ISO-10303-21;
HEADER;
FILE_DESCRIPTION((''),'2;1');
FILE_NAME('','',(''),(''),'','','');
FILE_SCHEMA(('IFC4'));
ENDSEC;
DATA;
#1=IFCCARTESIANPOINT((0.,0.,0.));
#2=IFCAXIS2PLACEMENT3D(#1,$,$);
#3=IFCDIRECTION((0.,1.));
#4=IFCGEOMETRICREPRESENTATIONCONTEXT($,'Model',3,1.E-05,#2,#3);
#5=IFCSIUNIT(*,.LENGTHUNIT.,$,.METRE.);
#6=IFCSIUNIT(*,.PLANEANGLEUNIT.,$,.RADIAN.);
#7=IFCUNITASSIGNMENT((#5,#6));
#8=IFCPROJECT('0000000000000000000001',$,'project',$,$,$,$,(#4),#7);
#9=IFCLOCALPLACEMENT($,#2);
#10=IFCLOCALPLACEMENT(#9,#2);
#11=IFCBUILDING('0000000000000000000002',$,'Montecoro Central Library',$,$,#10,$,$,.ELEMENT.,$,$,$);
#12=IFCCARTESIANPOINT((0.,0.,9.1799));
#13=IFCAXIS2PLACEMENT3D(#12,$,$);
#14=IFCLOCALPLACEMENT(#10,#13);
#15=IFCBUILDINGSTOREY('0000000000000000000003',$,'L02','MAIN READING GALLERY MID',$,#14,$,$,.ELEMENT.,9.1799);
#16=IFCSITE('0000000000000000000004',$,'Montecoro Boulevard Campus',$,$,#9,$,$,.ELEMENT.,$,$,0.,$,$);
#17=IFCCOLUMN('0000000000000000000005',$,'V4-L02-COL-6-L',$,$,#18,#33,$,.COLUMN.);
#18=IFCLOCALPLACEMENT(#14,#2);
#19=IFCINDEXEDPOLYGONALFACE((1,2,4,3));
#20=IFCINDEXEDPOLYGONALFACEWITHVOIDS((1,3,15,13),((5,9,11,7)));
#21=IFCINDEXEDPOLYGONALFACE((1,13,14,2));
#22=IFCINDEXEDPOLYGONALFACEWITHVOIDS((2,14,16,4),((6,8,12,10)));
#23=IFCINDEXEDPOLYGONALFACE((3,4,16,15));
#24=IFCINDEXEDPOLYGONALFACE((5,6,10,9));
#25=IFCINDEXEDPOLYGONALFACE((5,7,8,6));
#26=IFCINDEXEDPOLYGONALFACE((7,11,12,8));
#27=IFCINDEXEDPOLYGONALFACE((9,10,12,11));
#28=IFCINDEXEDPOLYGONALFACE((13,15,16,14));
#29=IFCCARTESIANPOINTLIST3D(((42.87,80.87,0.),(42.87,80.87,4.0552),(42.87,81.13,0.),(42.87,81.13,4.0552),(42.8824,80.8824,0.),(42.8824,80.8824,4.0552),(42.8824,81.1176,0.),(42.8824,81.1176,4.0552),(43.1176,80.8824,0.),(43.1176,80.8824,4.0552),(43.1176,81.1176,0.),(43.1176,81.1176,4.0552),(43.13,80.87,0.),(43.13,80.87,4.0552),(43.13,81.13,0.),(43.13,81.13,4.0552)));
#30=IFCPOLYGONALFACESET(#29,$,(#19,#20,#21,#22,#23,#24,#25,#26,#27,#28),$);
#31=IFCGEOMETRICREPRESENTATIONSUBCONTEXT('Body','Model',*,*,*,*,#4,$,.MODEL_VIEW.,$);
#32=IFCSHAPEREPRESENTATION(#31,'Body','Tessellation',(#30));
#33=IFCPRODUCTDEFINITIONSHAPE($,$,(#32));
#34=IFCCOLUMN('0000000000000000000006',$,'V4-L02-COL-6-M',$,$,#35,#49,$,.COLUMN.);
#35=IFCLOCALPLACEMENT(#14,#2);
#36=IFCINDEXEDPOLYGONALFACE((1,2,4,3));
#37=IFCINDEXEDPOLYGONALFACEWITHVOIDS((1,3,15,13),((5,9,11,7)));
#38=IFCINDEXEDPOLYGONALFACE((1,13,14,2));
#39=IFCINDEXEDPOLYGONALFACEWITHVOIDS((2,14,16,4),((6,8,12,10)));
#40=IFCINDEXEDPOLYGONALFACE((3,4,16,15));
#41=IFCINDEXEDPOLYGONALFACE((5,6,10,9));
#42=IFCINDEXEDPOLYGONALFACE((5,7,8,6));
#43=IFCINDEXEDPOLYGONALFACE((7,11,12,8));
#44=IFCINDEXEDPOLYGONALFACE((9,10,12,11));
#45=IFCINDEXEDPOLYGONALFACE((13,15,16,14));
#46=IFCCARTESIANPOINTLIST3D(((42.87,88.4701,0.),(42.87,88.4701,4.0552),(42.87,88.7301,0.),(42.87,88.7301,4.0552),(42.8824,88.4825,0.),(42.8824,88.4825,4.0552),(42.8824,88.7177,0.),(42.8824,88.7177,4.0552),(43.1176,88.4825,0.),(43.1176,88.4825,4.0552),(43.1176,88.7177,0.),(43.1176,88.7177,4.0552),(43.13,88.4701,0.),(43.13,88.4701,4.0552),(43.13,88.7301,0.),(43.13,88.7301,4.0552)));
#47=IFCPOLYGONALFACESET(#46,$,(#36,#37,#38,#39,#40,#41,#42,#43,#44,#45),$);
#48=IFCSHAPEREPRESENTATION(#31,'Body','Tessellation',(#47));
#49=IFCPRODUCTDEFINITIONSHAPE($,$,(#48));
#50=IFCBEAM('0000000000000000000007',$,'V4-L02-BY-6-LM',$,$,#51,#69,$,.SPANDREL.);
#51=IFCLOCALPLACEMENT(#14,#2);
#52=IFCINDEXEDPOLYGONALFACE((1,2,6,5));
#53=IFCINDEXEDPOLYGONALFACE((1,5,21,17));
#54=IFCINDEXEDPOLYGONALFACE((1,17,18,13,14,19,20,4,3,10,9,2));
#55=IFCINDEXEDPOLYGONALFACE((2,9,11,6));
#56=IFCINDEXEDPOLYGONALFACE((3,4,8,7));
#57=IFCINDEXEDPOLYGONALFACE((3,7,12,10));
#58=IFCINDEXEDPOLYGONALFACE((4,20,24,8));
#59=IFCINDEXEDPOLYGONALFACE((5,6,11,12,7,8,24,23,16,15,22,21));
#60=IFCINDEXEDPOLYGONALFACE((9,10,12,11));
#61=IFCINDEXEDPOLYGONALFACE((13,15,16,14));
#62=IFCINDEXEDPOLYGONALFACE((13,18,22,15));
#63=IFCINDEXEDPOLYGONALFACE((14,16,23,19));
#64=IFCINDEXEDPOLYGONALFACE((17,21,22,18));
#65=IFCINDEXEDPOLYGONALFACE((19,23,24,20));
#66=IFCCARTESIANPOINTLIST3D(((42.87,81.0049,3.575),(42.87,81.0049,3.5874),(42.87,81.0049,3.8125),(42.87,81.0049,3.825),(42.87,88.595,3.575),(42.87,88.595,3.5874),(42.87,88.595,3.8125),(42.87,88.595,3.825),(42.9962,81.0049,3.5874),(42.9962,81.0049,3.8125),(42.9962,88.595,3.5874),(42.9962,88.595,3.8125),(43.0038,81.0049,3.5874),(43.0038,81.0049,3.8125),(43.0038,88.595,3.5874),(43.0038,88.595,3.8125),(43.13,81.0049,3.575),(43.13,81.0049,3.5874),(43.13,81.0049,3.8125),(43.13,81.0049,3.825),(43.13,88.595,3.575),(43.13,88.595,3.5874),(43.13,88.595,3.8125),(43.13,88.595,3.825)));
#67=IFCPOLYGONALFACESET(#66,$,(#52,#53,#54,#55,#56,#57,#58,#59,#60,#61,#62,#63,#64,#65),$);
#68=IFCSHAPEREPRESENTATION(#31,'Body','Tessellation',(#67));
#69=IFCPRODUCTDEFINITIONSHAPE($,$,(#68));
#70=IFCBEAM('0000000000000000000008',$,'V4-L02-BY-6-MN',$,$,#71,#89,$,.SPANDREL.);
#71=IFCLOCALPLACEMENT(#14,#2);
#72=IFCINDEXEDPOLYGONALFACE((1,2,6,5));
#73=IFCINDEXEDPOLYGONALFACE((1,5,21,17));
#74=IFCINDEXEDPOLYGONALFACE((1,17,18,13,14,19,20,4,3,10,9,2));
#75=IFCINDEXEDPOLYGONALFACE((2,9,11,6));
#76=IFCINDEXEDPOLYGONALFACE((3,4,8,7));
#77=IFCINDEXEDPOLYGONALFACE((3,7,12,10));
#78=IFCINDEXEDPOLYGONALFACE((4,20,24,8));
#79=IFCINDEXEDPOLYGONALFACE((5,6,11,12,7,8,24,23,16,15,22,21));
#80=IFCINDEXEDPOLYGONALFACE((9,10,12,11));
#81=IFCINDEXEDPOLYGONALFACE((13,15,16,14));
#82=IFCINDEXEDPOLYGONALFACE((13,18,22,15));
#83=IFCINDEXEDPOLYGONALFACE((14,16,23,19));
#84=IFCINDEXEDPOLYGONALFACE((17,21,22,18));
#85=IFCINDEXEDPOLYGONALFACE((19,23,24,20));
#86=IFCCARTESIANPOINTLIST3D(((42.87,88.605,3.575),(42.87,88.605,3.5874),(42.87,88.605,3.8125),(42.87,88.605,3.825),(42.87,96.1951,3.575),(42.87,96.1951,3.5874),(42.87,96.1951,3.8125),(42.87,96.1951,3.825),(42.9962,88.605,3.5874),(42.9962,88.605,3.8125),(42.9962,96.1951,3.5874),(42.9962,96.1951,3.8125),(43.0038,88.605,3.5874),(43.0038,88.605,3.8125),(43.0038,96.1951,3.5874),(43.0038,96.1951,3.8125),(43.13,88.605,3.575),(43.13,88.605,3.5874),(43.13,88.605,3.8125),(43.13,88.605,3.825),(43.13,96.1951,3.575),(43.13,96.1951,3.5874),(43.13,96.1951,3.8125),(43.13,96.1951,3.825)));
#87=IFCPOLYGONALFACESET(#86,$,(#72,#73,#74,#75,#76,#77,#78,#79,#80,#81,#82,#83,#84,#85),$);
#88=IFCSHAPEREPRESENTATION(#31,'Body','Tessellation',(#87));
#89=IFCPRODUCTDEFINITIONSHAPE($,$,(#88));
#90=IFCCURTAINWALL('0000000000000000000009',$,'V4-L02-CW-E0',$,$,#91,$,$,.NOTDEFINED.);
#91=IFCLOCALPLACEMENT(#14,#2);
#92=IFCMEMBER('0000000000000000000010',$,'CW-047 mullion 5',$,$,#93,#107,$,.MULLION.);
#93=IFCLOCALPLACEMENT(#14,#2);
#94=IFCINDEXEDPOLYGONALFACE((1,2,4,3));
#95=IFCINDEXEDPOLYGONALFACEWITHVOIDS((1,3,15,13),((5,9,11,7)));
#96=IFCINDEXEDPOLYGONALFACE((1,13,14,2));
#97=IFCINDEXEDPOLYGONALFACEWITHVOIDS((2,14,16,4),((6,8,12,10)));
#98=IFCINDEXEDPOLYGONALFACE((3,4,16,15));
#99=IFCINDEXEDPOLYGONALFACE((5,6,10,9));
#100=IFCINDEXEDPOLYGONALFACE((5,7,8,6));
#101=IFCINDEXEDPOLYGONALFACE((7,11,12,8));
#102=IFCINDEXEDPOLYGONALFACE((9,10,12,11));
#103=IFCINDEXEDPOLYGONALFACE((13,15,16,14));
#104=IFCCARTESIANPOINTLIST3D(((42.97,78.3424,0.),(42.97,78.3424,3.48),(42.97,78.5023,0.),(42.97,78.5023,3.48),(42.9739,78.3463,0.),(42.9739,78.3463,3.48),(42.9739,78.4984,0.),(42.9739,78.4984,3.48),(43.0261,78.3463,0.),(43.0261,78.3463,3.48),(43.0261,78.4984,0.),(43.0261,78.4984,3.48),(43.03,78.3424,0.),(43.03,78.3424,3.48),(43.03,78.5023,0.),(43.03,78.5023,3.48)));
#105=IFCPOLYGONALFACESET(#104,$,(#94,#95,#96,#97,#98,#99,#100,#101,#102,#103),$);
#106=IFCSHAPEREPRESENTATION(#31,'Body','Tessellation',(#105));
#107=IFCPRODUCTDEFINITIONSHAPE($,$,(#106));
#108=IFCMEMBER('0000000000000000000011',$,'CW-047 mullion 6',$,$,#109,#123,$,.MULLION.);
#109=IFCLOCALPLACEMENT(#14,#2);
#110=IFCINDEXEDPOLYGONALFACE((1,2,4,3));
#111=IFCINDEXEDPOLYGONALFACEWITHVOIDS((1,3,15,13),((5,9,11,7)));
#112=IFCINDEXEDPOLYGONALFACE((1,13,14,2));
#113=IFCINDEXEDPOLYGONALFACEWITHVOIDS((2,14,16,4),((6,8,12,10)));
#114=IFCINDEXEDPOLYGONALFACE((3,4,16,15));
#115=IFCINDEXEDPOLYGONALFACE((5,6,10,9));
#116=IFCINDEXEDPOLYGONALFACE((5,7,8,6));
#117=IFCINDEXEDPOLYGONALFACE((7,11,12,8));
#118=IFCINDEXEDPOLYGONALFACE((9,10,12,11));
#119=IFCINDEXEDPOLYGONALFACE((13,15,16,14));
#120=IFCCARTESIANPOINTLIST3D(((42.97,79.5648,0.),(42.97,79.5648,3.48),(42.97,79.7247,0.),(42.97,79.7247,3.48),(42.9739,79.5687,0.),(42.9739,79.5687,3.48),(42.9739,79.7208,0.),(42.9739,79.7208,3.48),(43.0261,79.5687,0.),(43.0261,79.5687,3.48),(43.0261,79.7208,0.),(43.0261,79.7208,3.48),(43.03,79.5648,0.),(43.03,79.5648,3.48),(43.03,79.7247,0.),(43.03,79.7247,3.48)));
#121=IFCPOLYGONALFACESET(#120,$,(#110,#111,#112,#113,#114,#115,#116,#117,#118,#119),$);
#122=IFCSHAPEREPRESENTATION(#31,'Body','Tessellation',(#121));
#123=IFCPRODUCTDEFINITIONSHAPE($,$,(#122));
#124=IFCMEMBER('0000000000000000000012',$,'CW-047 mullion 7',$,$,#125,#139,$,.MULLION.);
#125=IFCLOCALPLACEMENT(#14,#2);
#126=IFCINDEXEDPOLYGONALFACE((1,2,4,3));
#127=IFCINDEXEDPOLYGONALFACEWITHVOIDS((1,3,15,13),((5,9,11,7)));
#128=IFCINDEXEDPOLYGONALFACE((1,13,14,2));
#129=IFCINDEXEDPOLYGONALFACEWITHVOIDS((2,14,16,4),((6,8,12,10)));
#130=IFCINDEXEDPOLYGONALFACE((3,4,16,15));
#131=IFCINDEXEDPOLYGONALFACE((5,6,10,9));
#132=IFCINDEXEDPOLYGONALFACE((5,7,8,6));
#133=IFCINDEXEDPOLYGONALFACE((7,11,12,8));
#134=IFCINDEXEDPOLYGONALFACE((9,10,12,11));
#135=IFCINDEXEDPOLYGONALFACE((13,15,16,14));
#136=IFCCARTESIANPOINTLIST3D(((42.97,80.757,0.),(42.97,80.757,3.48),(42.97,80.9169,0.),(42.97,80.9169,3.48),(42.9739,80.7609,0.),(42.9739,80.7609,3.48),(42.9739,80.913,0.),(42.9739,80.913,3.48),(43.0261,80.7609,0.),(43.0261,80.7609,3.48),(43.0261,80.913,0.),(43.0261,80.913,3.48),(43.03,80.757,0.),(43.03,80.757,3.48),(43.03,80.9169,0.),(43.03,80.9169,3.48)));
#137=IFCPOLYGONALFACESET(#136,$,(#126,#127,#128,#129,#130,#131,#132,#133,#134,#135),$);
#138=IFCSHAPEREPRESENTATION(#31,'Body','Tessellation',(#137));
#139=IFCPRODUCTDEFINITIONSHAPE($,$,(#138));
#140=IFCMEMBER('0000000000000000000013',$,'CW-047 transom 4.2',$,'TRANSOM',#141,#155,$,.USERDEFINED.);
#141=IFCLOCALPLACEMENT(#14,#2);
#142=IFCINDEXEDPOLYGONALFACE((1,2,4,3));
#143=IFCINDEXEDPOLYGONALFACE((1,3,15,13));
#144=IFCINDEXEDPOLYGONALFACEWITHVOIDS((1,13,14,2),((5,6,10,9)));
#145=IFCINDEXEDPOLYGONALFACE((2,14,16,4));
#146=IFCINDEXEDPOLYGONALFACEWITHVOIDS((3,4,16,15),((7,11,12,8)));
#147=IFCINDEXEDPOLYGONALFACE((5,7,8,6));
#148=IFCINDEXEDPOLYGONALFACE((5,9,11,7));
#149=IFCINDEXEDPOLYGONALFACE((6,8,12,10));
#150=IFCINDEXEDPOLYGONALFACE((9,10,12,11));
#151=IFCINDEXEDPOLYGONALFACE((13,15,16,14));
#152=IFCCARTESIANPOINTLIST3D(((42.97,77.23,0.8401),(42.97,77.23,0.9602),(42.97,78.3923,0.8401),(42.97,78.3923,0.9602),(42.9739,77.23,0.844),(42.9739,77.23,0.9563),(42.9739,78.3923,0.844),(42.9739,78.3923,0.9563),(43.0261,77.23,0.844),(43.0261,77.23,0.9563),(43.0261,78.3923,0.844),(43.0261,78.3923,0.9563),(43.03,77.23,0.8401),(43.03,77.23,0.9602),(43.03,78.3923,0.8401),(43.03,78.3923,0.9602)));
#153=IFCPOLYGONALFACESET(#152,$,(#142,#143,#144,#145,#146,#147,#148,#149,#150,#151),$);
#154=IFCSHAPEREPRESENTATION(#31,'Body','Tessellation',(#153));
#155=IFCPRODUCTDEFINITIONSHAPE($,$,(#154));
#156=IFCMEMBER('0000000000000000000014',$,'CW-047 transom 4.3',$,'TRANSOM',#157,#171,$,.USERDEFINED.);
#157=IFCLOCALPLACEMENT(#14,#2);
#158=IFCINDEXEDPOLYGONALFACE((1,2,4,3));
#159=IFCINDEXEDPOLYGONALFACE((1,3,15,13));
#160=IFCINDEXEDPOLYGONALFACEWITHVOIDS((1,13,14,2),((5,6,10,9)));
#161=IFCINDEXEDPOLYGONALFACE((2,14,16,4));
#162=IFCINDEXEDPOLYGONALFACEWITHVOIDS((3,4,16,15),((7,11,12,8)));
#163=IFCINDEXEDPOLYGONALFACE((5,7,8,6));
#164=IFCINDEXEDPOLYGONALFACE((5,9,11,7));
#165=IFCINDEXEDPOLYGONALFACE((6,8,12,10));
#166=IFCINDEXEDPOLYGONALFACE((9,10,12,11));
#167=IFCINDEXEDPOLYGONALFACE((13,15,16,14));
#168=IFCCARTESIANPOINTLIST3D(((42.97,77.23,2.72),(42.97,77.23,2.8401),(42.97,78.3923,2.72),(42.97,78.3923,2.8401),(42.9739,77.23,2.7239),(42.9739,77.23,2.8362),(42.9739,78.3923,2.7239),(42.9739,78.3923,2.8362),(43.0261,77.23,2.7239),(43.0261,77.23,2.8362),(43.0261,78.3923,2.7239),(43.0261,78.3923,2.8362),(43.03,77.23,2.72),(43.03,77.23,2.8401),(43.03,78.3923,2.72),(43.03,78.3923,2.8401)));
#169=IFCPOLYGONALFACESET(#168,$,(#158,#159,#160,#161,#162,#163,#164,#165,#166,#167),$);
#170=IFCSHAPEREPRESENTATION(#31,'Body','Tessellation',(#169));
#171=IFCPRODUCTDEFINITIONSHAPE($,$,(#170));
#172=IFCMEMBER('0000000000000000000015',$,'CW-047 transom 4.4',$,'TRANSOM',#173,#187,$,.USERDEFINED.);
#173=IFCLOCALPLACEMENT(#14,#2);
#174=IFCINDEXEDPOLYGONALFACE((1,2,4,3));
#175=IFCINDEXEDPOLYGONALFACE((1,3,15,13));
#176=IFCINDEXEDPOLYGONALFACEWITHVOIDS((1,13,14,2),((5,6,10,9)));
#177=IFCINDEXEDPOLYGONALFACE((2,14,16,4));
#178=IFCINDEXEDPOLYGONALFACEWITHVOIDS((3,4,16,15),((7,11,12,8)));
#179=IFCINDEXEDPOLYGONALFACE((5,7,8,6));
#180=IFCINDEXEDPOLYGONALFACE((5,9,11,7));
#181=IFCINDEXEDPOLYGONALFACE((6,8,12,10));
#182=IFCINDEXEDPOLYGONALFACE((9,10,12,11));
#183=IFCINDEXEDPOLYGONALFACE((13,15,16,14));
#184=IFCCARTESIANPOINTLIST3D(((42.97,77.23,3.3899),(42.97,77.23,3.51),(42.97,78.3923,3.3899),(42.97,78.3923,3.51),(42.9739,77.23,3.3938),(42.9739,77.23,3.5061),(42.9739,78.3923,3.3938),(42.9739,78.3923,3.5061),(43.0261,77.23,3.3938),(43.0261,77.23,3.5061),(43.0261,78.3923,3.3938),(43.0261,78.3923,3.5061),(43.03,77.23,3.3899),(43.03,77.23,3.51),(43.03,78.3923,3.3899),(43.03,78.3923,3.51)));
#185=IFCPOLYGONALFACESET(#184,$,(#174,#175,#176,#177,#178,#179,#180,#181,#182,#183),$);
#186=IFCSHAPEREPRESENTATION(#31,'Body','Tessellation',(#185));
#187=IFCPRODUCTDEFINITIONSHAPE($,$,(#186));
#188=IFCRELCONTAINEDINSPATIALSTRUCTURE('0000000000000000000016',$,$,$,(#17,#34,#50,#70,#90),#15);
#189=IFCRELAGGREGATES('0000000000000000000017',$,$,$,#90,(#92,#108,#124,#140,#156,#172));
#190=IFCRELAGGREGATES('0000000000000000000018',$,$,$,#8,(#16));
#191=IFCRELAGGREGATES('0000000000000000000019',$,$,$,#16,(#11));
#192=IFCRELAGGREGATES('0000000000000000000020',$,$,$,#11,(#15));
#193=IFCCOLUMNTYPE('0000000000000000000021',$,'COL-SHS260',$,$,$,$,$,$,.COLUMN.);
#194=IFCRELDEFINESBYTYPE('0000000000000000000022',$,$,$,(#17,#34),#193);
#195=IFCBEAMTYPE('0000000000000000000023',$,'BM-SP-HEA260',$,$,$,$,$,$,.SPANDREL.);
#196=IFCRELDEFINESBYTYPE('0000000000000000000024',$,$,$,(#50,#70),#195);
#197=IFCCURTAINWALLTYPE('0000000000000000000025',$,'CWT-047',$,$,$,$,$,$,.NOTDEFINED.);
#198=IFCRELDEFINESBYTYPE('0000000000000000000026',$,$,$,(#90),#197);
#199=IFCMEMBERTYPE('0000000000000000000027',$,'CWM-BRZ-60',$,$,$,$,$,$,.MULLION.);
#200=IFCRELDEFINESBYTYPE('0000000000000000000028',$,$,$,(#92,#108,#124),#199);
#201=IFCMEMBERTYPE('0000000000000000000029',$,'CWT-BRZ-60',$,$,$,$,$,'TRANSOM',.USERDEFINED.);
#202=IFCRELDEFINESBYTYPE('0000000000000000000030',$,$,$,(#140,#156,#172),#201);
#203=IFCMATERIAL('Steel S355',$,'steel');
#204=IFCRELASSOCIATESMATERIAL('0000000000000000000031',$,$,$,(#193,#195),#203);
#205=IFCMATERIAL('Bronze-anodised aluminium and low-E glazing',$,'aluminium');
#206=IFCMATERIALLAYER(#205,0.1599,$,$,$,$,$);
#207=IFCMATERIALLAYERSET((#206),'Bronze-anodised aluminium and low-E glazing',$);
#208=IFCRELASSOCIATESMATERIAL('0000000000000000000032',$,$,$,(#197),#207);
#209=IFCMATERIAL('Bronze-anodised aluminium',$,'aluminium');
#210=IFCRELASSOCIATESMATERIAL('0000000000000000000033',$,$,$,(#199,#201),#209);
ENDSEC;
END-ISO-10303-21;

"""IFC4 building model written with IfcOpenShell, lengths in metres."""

from ifc_helpers import new_model, si_unit, direction, frame, origin, origin_2d, place, context, subcontext, project, spatial, hollow_rectangle, i_section, extrude, material, layer, layer_set, material_profile, profile_set, type_object, element, aggregate, save


model = new_model("IFC4")

# Units and contexts
model_context = context("Model", 3, precision=1e-05, world=origin(), true_north=direction((0.0, 1.0)))
body_context = subcontext(model_context, "Body", "Model", "MODEL_VIEW")
ifc_project = project(units=[si_unit("LENGTHUNIT", "METRE"), si_unit("PLANEANGLEUNIT", "RADIAN")], contexts=[model_context])

# Site, building, storey
site_placement = place(None, origin())
site = spatial("IfcSite", under=ifc_project, at=site_placement, Name="Montecoro Boulevard Campus", CompositionType="ELEMENT", RefElevation=0.0)
building_placement = place(site_placement, origin())
building = spatial("IfcBuilding", under=site, at=building_placement, Name="Montecoro Central Library", CompositionType="ELEMENT")
storey_placement = place(building_placement, frame((0.0, 0.0, 9.1799)))
storey = spatial("IfcBuildingStorey", under=building, at=storey_placement, Name="L02", Description="MAIN READING GALLERY MID", CompositionType="ELEMENT", Elevation=9.1799)

# Columns
ifc_material_1 = material(Name="Steel S355", Category="steel")
ifc_material_profile_1 = material_profile(ifc_material_1, hollow_rectangle(XDim=0.26, YDim=0.26, WallThickness=0.0125, at=origin_2d()), Name="SHS 260x260x12.5")
ifc_profile_set_1 = profile_set([ifc_material_profile_1], Name="Steel S355")
column_type = type_object("IfcColumnType", Name="COL-SHS260", PredefinedType="COLUMN", material=ifc_profile_set_1)
for number, where, z_axis, x_axis, name in (
    (1, (43.0, 81.0, 0.0), (0.0, 0.0, 1.0), (1.0, 0.0, 0.0), "V4-L02-COL-6-L"),
    (2, (43.0, 88.6001, 0.0), (0.0, 0.0, 1.0), (1.0, 0.0, 0.0), "V4-L02-COL-6-M"),
):
    element("IfcColumn", number, at=place(storey_placement, frame(where, z_axis=z_axis, x_axis=x_axis)), inside=storey, type_object=column_type, Name=name, PredefinedType="COLUMN", context=body_context, shape_type="SweptSolid", body=[
        extrude(hollow_rectangle(XDim=0.26, YDim=0.26, WallThickness=0.0125, at=origin_2d()), origin(), (0.0, 0.0, 1.0), 4.0552),
    ])

# Beams
ifc_material_profile_2 = material_profile(ifc_material_1, i_section(OverallWidth=0.26, OverallDepth=0.25, WebThickness=0.0076, FlangeThickness=0.0125, at=origin_2d()), Name="HEA 260")
ifc_profile_set_2 = profile_set([ifc_material_profile_2], Name="Steel S355")
beam_type = type_object("IfcBeamType", Name="BM-SP-HEA260", PredefinedType="SPANDREL", material=ifc_profile_set_2)
for number, where, z_axis, x_axis, name in (
    (3, (43.0, 81.0049, 3.7), (0.0, 1.0, 0.0), (-1.0, 0.0, 0.0), "V4-L02-BY-6-LM"),
    (4, (43.0, 88.605, 3.7), (0.0, 1.0, 0.0), (-1.0, 0.0, 0.0), "V4-L02-BY-6-MN"),
):
    element("IfcBeam", number, at=place(storey_placement, frame(where, z_axis=z_axis, x_axis=x_axis)), inside=storey, type_object=beam_type, Name=name, PredefinedType="SPANDREL", context=body_context, shape_type="SweptSolid", body=[
        extrude(i_section(OverallWidth=0.26, OverallDepth=0.25, WebThickness=0.0076, FlangeThickness=0.0125, at=origin_2d()), origin(), (0.0, 0.0, 1.0), 7.5901),
    ])

# Curtain wall, members
ifc_material_2 = material(Name="Bronze-anodised aluminium and low-E glazing", Category="aluminium")
ifc_layer_1 = layer(ifc_material_2, 0.1599)
ifc_layer_set_1 = layer_set([ifc_layer_1], Name="Bronze-anodised aluminium and low-E glazing")
curtain_wall_type = type_object("IfcCurtainWallType", Name="CWT-047", PredefinedType="NOTDEFINED", material=ifc_layer_set_1)
curtain_wall_placement = place(storey_placement, origin())
curtain_wall = element("IfcCurtainWall", 5, at=curtain_wall_placement, inside=storey, type_object=curtain_wall_type, Name="V4-L02-CW-E0", PredefinedType="NOTDEFINED")
ifc_material_3 = material(Name="Bronze-anodised aluminium", Category="aluminium")
ifc_material_profile_3 = material_profile(ifc_material_3, hollow_rectangle(XDim=0.0601, YDim=0.1599, WallThickness=0.0039, at=origin_2d()), Name="CWM 160x60x4.0")
ifc_profile_set_3 = profile_set([ifc_material_profile_3], Name="Bronze-anodised aluminium")
member_type_1 = type_object("IfcMemberType", Name="CWM-BRZ-60", PredefinedType="MULLION", material=ifc_profile_set_3)
member_1_placement = place(storey_placement, frame((43.0, 78.4224, 0.0), z_axis=(0.0, 0.0, 1.0), x_axis=(-1.0, 0.0, 0.0)))
member_1 = element("IfcMember", 6, at=member_1_placement, type_object=member_type_1, Name="CW-047 mullion 5", PredefinedType="MULLION", context=body_context, shape_type="SweptSolid", body=[
    extrude(hollow_rectangle(XDim=0.0601, YDim=0.1599, WallThickness=0.0039, at=origin_2d()), origin(), (0.0, 0.0, 1.0), 3.48),
])
member_2_placement = place(storey_placement, frame((43.0, 79.6448, 0.0), z_axis=(0.0, 0.0, 1.0), x_axis=(-1.0, 0.0, 0.0)))
member_2 = element("IfcMember", 7, at=member_2_placement, type_object=member_type_1, Name="CW-047 mullion 6", PredefinedType="MULLION", context=body_context, shape_type="SweptSolid", body=[
    extrude(hollow_rectangle(XDim=0.0601, YDim=0.1599, WallThickness=0.0039, at=origin_2d()), origin(), (0.0, 0.0, 1.0), 3.48),
])
member_3_placement = place(storey_placement, frame((43.0, 80.8369, 0.0), z_axis=(0.0, 0.0, 1.0), x_axis=(-1.0, 0.0, 0.0)))
member_3 = element("IfcMember", 8, at=member_3_placement, type_object=member_type_1, Name="CW-047 mullion 7", PredefinedType="MULLION", context=body_context, shape_type="SweptSolid", body=[
    extrude(hollow_rectangle(XDim=0.0601, YDim=0.1599, WallThickness=0.0039, at=origin_2d()), origin(), (0.0, 0.0, 1.0), 3.48),
])
ifc_material_profile_4 = material_profile(ifc_material_3, hollow_rectangle(XDim=0.0601, YDim=0.1201, WallThickness=0.0039, at=origin_2d()), Name="CWT 120x60x4.0")
ifc_profile_set_4 = profile_set([ifc_material_profile_4], Name="Bronze-anodised aluminium")
member_type_2 = type_object("IfcMemberType", Name="CWT-BRZ-60", ElementType="TRANSOM", PredefinedType="USERDEFINED", material=ifc_profile_set_4)
member_4_placement = place(storey_placement, frame((43.0, 77.23, 0.9001), z_axis=(0.0, 1.0, 0.0), x_axis=(-1.0, 0.0, 0.0)))
member_4 = element("IfcMember", 9, at=member_4_placement, type_object=member_type_2, Name="CW-047 transom 4.2", ObjectType="TRANSOM", PredefinedType="USERDEFINED", context=body_context, shape_type="SweptSolid", body=[
    extrude(hollow_rectangle(XDim=0.0601, YDim=0.1201, WallThickness=0.0039, at=origin_2d()), origin(), (0.0, 0.0, 1.0), 1.1624),
])
member_5_placement = place(storey_placement, frame((43.0, 77.23, 2.78), z_axis=(0.0, 1.0, 0.0), x_axis=(-1.0, 0.0, 0.0)))
member_5 = element("IfcMember", 10, at=member_5_placement, type_object=member_type_2, Name="CW-047 transom 4.3", ObjectType="TRANSOM", PredefinedType="USERDEFINED", context=body_context, shape_type="SweptSolid", body=[
    extrude(hollow_rectangle(XDim=0.0601, YDim=0.1201, WallThickness=0.0039, at=origin_2d()), origin(), (0.0, 0.0, 1.0), 1.1624),
])
member_6_placement = place(storey_placement, frame((43.0, 77.23, 3.45), z_axis=(0.0, 1.0, 0.0), x_axis=(-1.0, 0.0, 0.0)))
member_6 = element("IfcMember", 11, at=member_6_placement, type_object=member_type_2, Name="CW-047 transom 4.4", ObjectType="TRANSOM", PredefinedType="USERDEFINED", context=body_context, shape_type="SweptSolid", body=[
    extrude(hollow_rectangle(XDim=0.0601, YDim=0.1201, WallThickness=0.0039, at=origin_2d()), origin(), (0.0, 0.0, 1.0), 1.1624),
])
aggregate(curtain_wall, [member_1, member_2, member_3, member_4, member_5, member_6])

save(model, "model.ifc")
